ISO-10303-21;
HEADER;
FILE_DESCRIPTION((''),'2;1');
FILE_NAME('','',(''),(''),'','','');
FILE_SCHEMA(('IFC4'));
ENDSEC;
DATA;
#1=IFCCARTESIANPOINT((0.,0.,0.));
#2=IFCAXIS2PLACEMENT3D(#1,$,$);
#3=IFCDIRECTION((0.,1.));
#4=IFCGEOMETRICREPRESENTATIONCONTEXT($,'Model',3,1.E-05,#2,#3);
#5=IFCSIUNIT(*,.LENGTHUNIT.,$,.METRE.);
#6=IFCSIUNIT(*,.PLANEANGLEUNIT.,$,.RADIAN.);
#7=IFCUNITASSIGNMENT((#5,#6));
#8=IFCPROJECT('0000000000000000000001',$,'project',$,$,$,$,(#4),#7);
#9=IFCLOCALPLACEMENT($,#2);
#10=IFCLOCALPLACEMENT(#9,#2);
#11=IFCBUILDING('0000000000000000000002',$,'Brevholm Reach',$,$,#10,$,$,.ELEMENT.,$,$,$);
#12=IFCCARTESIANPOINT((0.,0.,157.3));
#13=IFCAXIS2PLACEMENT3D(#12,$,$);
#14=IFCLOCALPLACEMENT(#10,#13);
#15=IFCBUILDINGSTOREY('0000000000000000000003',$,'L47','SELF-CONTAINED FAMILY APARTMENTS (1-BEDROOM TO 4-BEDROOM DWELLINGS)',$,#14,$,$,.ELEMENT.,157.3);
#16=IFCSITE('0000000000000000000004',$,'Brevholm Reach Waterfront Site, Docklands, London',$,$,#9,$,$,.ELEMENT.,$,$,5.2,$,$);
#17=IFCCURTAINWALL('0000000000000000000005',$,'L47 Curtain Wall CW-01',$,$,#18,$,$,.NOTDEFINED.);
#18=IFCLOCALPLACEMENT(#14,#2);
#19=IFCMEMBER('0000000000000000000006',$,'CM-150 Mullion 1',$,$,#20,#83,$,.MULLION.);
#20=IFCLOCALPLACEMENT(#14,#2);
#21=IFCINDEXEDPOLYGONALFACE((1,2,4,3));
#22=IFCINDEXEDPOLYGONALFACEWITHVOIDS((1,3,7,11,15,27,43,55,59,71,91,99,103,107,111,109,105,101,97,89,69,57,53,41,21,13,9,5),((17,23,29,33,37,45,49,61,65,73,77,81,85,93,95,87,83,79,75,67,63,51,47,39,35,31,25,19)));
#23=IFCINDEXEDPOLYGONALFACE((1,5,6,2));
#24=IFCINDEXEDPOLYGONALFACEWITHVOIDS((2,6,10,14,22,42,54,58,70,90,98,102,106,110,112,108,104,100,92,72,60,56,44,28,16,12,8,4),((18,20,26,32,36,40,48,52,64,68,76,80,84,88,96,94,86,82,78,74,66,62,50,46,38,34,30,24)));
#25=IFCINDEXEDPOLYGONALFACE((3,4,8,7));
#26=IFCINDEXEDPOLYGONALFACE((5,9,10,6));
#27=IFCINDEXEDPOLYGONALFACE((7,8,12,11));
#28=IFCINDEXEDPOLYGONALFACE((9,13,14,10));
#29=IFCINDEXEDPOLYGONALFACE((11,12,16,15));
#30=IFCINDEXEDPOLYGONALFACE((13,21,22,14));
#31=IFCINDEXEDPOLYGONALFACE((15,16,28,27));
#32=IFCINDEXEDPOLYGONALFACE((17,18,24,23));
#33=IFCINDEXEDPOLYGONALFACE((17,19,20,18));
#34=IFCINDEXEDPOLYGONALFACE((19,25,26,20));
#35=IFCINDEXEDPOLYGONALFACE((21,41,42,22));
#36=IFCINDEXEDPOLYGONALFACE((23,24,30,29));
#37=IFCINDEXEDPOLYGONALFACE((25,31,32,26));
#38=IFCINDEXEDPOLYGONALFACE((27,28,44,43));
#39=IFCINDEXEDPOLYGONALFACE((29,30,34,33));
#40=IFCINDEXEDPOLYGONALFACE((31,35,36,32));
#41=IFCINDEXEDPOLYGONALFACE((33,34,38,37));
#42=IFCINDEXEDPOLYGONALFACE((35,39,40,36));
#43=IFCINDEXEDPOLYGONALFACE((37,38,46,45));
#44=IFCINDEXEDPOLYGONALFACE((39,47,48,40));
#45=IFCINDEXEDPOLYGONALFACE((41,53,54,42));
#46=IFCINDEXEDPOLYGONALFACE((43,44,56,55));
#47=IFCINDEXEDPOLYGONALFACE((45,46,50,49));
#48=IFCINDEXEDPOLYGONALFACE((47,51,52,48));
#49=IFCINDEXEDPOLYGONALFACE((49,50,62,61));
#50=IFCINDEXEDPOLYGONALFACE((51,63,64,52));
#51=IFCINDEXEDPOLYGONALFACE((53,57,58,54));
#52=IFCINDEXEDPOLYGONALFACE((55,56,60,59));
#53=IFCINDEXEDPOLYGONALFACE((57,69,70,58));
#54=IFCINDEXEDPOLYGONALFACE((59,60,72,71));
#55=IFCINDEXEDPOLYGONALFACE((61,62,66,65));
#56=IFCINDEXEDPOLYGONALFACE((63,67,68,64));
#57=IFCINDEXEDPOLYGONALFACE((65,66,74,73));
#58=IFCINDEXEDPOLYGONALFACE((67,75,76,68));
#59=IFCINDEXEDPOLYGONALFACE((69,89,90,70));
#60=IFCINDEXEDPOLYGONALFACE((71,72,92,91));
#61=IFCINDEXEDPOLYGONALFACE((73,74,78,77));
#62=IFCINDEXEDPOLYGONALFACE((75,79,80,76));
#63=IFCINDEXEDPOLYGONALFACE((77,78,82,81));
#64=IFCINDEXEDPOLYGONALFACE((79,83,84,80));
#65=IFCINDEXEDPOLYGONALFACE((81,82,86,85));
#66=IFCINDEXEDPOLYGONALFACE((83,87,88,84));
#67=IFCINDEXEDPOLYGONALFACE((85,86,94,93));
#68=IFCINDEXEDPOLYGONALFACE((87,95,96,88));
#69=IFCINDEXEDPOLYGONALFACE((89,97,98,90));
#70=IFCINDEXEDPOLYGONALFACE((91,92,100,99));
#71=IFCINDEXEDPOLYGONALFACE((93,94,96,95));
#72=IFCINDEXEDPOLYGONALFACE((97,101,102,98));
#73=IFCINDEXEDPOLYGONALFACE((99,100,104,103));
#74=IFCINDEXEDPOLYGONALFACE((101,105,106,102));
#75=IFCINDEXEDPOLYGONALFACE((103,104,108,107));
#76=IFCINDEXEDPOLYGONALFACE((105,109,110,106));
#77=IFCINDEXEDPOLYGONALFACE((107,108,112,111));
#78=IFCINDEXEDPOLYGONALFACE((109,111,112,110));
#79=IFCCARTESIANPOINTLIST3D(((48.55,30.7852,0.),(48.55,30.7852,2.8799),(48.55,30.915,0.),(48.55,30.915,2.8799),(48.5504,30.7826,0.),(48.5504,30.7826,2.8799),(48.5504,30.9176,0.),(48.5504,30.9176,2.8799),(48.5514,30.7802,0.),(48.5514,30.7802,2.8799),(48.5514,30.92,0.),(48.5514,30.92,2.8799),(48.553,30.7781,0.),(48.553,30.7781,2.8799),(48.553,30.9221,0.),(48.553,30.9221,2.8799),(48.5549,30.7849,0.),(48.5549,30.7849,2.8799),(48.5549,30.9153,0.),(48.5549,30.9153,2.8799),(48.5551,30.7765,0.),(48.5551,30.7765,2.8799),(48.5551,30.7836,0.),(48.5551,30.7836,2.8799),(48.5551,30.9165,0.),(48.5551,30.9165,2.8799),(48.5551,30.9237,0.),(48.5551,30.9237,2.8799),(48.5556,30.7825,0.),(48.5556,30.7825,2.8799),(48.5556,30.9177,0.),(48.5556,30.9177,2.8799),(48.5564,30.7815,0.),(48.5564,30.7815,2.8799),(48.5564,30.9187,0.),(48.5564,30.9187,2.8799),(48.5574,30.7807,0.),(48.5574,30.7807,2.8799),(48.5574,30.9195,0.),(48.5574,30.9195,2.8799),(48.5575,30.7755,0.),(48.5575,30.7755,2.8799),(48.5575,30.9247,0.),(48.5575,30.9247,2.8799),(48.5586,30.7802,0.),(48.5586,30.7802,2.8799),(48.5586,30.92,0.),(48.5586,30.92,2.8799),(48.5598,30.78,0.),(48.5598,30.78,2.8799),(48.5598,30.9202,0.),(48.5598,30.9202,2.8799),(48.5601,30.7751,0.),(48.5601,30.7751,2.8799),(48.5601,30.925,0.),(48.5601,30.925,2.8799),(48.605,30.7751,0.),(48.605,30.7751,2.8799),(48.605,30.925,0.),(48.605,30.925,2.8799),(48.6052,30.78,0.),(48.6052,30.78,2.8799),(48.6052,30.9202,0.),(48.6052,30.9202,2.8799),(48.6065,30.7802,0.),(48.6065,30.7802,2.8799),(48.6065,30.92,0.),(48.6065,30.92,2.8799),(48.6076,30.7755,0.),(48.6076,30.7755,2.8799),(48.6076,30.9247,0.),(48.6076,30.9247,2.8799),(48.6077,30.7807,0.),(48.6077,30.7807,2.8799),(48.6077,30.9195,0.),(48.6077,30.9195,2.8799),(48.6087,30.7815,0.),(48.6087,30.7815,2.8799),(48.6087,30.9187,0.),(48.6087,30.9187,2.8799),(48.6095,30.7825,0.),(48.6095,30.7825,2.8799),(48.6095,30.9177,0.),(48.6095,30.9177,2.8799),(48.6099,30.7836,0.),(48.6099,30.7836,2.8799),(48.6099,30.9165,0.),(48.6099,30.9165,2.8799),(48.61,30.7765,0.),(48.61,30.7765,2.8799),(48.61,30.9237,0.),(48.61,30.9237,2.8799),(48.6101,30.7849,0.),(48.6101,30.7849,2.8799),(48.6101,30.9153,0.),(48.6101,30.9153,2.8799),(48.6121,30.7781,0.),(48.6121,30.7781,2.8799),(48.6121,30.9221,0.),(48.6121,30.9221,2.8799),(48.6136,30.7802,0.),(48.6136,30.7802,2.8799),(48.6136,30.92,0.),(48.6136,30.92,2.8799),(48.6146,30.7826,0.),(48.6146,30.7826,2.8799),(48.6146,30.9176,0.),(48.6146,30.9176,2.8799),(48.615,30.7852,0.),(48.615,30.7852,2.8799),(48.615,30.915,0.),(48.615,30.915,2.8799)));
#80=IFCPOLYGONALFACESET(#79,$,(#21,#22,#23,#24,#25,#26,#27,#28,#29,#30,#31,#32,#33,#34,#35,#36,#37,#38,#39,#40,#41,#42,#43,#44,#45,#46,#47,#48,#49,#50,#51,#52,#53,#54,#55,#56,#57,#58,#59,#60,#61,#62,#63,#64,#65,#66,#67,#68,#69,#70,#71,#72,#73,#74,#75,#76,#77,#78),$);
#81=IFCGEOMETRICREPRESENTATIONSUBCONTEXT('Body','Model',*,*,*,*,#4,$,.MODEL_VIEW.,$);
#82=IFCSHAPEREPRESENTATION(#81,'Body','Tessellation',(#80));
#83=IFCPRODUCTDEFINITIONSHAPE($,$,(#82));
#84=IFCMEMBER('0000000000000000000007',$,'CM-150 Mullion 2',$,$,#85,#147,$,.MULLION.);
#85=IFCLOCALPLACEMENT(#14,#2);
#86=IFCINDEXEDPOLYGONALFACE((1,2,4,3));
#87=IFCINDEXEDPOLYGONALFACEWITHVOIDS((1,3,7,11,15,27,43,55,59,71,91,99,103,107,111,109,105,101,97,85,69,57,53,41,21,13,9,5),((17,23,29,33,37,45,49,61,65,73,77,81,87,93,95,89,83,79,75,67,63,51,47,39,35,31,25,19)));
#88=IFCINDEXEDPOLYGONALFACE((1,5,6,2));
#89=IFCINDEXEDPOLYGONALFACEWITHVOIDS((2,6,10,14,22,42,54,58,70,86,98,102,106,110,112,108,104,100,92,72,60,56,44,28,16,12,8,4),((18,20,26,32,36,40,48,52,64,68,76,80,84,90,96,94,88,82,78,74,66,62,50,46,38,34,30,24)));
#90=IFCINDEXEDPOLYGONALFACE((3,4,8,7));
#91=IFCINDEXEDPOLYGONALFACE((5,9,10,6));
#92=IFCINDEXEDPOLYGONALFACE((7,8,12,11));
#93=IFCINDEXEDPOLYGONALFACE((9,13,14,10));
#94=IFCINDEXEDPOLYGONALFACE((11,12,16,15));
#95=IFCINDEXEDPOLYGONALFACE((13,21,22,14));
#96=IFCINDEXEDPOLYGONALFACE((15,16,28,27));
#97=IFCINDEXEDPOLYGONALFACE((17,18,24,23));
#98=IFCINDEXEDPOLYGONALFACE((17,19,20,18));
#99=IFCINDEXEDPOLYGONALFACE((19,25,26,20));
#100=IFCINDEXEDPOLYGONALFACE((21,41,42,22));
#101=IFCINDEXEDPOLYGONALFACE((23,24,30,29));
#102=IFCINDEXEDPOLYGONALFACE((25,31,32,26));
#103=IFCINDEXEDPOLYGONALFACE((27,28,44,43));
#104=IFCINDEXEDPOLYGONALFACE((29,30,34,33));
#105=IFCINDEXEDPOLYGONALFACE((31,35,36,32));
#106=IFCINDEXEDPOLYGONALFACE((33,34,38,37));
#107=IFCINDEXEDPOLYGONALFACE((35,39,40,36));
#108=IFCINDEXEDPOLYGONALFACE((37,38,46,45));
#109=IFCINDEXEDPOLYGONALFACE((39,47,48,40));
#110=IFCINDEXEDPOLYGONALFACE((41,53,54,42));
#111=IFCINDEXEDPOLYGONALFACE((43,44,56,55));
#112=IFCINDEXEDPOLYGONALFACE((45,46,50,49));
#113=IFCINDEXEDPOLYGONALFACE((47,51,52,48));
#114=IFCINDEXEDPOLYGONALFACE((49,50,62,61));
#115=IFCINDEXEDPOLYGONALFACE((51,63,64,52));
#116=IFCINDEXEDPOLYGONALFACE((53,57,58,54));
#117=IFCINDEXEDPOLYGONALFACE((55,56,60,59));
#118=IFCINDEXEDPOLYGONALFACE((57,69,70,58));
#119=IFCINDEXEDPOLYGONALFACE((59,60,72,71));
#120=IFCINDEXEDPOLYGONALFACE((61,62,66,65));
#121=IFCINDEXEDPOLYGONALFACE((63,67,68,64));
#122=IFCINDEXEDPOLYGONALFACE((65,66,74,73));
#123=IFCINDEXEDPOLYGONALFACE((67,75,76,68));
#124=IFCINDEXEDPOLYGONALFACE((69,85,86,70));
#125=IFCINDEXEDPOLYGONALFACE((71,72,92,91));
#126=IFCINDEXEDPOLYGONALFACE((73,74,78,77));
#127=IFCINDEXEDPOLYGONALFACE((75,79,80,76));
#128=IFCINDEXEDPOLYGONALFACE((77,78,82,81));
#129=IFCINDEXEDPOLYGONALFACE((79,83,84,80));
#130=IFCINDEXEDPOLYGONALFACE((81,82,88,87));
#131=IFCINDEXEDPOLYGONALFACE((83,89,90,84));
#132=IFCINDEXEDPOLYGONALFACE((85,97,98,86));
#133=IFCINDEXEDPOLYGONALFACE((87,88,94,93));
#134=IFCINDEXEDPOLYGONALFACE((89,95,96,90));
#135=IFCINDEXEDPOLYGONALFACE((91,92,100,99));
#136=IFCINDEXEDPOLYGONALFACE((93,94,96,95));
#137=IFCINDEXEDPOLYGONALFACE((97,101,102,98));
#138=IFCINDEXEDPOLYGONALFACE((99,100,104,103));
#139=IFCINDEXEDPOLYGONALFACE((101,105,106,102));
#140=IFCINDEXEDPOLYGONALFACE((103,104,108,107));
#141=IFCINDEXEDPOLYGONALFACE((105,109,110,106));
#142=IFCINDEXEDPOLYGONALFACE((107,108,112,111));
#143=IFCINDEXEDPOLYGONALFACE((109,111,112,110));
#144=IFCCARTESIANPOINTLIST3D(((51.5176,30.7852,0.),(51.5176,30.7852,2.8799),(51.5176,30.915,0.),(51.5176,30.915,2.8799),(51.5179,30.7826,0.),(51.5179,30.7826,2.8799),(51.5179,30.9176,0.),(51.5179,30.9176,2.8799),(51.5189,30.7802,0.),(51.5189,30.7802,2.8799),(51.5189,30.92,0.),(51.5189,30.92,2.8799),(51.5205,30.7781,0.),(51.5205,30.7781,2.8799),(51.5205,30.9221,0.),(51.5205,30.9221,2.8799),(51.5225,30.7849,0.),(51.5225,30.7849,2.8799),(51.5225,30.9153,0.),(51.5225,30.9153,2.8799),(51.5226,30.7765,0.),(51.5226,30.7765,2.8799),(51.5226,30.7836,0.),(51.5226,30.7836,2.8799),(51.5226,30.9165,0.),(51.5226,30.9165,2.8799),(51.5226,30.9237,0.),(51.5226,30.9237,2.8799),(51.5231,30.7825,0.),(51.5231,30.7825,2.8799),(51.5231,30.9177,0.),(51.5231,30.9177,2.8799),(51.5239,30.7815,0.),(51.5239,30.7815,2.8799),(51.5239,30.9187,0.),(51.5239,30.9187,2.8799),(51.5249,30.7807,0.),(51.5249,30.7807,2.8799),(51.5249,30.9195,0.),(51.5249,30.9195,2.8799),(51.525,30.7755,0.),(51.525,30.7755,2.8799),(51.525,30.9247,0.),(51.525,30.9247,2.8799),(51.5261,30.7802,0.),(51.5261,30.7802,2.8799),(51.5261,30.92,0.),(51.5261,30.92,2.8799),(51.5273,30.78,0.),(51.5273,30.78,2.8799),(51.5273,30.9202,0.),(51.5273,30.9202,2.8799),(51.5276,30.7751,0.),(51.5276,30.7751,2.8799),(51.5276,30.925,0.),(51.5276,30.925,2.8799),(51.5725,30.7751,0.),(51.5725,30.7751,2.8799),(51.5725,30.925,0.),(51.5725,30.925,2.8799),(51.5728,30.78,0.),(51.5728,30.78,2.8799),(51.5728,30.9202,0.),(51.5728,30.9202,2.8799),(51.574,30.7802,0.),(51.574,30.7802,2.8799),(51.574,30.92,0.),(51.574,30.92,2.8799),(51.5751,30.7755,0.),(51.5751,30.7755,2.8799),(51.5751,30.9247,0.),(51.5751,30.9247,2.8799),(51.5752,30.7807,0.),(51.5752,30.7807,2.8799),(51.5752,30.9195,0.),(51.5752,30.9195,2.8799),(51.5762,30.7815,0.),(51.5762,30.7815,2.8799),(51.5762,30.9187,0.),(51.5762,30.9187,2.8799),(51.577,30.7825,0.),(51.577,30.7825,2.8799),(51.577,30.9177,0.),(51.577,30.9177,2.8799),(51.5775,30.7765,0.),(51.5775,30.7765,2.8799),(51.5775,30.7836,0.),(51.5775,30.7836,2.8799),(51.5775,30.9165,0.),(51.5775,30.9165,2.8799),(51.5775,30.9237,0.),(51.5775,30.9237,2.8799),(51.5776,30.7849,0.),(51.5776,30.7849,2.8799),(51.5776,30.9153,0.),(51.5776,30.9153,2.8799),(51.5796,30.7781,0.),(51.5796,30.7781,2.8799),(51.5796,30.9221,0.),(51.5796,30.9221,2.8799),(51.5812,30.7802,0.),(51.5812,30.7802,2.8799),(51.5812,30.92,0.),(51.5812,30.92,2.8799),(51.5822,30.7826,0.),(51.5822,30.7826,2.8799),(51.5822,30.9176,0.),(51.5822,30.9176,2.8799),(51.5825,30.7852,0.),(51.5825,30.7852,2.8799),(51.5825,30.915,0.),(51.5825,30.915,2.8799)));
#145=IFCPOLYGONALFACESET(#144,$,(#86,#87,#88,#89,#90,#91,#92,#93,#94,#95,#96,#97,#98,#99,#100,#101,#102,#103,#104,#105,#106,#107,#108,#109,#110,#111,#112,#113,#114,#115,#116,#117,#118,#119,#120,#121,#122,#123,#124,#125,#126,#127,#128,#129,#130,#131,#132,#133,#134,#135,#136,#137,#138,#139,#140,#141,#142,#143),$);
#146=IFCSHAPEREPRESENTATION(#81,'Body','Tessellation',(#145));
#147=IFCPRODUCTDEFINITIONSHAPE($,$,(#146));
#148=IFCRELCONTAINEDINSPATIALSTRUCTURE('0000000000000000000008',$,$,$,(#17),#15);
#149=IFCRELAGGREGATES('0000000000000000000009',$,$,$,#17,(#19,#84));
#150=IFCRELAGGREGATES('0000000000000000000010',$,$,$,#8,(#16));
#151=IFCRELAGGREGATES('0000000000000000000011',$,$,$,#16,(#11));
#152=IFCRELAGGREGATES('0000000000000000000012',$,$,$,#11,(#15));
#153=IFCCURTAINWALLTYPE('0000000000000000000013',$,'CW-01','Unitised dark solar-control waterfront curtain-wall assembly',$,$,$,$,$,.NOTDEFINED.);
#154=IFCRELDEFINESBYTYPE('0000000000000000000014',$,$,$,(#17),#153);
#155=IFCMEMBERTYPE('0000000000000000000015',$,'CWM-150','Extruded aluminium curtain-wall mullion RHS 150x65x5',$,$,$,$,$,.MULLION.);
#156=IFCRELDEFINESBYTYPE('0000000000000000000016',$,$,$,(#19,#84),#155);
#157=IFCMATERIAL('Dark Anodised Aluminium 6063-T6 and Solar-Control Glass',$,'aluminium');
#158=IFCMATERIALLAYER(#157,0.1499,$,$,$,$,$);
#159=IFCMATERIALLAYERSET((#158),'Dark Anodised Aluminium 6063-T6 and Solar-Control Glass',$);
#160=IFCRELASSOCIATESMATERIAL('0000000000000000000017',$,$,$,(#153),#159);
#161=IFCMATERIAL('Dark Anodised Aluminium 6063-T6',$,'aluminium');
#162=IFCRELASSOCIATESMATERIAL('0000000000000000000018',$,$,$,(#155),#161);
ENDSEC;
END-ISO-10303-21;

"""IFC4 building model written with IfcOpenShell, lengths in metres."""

from ifc_helpers import new_model, si_unit, direction, frame, origin, origin_2d, place, context, subcontext, project, spatial, hollow_rectangle, extrude, material, layer, layer_set, material_profile, profile_set, type_object, element, aggregate, save


model = new_model("IFC4")

# Units and contexts
model_context = context("Model", 3, precision=1e-05, world=origin(), true_north=direction((0.0, 1.0)))
body_context = subcontext(model_context, "Body", "Model", "MODEL_VIEW")
ifc_project = project(units=[si_unit("LENGTHUNIT", "METRE"), si_unit("PLANEANGLEUNIT", "RADIAN")], contexts=[model_context])

# Site, building, storey
site_placement = place(None, origin())
site = spatial("IfcSite", under=ifc_project, at=site_placement, Name="Brevholm Reach Waterfront Site, Docklands, London", CompositionType="ELEMENT", RefElevation=5.2)
building_placement = place(site_placement, origin())
building = spatial("IfcBuilding", under=site, at=building_placement, Name="Brevholm Reach", CompositionType="ELEMENT")
storey_placement = place(building_placement, frame((0.0, 0.0, 157.3)))
storey = spatial("IfcBuildingStorey", under=building, at=storey_placement, Name="L47", Description="SELF-CONTAINED FAMILY APARTMENTS (1-BEDROOM TO 4-BEDROOM DWELLINGS)", CompositionType="ELEMENT", Elevation=157.3)

# Curtain wall, members
ifc_material_1 = material(Name="Dark Anodised Aluminium 6063-T6 and Solar-Control Glass", Category="aluminium")
ifc_layer_1 = layer(ifc_material_1, 0.1499)
ifc_layer_set_1 = layer_set([ifc_layer_1], Name="Dark Anodised Aluminium 6063-T6 and Solar-Control Glass")
curtain_wall_type = type_object("IfcCurtainWallType", Name="CW-01", Description="Unitised dark solar-control waterfront curtain-wall assembly", PredefinedType="NOTDEFINED", material=ifc_layer_set_1)
curtain_wall_placement = place(storey_placement, origin())
curtain_wall = element("IfcCurtainWall", 1, at=curtain_wall_placement, inside=storey, type_object=curtain_wall_type, Name="L47 Curtain Wall CW-01", PredefinedType="NOTDEFINED")
ifc_material_2 = material(Name="Dark Anodised Aluminium 6063-T6", Category="aluminium")
ifc_material_profile_1 = material_profile(ifc_material_2, hollow_rectangle(XDim=0.0649, YDim=0.1499, WallThickness=0.0049, InnerFilletRadius=0.0049, OuterFilletRadius=0.01, at=origin_2d()), Name="RHS 150x65x5")
ifc_profile_set_1 = profile_set([ifc_material_profile_1], Name="Dark Anodised Aluminium 6063-T6")
member_type_1 = type_object("IfcMemberType", Name="CWM-150", Description="Extruded aluminium curtain-wall mullion RHS 150x65x5", PredefinedType="MULLION", material=ifc_profile_set_1)
member_1_placement = place(storey_placement, frame((48.5825, 30.8501, 0.0), z_axis=(0.0, 0.0, 1.0), x_axis=(1.0, 0.0, 0.0)))
member_1 = element("IfcMember", 2, at=member_1_placement, type_object=member_type_1, Name="CM-150 Mullion 1", PredefinedType="MULLION", context=body_context, shape_type="SweptSolid", body=[
    extrude(hollow_rectangle(XDim=0.0649, YDim=0.1499, WallThickness=0.0049, InnerFilletRadius=0.0049, OuterFilletRadius=0.01, at=origin_2d()), origin(), (0.0, 0.0, 1.0), 2.8799),
])
member_2_placement = place(storey_placement, frame((51.55, 30.8501, 0.0), z_axis=(0.0, 0.0, 1.0), x_axis=(1.0, 0.0, 0.0)))
member_2 = element("IfcMember", 3, at=member_2_placement, type_object=member_type_1, Name="CM-150 Mullion 2", PredefinedType="MULLION", context=body_context, shape_type="SweptSolid", body=[
    extrude(hollow_rectangle(XDim=0.0649, YDim=0.1499, WallThickness=0.0049, InnerFilletRadius=0.0049, OuterFilletRadius=0.01, at=origin_2d()), origin(), (0.0, 0.0, 1.0), 2.8799),
])
aggregate(curtain_wall, [member_1, member_2])

save(model, "model.ifc")
